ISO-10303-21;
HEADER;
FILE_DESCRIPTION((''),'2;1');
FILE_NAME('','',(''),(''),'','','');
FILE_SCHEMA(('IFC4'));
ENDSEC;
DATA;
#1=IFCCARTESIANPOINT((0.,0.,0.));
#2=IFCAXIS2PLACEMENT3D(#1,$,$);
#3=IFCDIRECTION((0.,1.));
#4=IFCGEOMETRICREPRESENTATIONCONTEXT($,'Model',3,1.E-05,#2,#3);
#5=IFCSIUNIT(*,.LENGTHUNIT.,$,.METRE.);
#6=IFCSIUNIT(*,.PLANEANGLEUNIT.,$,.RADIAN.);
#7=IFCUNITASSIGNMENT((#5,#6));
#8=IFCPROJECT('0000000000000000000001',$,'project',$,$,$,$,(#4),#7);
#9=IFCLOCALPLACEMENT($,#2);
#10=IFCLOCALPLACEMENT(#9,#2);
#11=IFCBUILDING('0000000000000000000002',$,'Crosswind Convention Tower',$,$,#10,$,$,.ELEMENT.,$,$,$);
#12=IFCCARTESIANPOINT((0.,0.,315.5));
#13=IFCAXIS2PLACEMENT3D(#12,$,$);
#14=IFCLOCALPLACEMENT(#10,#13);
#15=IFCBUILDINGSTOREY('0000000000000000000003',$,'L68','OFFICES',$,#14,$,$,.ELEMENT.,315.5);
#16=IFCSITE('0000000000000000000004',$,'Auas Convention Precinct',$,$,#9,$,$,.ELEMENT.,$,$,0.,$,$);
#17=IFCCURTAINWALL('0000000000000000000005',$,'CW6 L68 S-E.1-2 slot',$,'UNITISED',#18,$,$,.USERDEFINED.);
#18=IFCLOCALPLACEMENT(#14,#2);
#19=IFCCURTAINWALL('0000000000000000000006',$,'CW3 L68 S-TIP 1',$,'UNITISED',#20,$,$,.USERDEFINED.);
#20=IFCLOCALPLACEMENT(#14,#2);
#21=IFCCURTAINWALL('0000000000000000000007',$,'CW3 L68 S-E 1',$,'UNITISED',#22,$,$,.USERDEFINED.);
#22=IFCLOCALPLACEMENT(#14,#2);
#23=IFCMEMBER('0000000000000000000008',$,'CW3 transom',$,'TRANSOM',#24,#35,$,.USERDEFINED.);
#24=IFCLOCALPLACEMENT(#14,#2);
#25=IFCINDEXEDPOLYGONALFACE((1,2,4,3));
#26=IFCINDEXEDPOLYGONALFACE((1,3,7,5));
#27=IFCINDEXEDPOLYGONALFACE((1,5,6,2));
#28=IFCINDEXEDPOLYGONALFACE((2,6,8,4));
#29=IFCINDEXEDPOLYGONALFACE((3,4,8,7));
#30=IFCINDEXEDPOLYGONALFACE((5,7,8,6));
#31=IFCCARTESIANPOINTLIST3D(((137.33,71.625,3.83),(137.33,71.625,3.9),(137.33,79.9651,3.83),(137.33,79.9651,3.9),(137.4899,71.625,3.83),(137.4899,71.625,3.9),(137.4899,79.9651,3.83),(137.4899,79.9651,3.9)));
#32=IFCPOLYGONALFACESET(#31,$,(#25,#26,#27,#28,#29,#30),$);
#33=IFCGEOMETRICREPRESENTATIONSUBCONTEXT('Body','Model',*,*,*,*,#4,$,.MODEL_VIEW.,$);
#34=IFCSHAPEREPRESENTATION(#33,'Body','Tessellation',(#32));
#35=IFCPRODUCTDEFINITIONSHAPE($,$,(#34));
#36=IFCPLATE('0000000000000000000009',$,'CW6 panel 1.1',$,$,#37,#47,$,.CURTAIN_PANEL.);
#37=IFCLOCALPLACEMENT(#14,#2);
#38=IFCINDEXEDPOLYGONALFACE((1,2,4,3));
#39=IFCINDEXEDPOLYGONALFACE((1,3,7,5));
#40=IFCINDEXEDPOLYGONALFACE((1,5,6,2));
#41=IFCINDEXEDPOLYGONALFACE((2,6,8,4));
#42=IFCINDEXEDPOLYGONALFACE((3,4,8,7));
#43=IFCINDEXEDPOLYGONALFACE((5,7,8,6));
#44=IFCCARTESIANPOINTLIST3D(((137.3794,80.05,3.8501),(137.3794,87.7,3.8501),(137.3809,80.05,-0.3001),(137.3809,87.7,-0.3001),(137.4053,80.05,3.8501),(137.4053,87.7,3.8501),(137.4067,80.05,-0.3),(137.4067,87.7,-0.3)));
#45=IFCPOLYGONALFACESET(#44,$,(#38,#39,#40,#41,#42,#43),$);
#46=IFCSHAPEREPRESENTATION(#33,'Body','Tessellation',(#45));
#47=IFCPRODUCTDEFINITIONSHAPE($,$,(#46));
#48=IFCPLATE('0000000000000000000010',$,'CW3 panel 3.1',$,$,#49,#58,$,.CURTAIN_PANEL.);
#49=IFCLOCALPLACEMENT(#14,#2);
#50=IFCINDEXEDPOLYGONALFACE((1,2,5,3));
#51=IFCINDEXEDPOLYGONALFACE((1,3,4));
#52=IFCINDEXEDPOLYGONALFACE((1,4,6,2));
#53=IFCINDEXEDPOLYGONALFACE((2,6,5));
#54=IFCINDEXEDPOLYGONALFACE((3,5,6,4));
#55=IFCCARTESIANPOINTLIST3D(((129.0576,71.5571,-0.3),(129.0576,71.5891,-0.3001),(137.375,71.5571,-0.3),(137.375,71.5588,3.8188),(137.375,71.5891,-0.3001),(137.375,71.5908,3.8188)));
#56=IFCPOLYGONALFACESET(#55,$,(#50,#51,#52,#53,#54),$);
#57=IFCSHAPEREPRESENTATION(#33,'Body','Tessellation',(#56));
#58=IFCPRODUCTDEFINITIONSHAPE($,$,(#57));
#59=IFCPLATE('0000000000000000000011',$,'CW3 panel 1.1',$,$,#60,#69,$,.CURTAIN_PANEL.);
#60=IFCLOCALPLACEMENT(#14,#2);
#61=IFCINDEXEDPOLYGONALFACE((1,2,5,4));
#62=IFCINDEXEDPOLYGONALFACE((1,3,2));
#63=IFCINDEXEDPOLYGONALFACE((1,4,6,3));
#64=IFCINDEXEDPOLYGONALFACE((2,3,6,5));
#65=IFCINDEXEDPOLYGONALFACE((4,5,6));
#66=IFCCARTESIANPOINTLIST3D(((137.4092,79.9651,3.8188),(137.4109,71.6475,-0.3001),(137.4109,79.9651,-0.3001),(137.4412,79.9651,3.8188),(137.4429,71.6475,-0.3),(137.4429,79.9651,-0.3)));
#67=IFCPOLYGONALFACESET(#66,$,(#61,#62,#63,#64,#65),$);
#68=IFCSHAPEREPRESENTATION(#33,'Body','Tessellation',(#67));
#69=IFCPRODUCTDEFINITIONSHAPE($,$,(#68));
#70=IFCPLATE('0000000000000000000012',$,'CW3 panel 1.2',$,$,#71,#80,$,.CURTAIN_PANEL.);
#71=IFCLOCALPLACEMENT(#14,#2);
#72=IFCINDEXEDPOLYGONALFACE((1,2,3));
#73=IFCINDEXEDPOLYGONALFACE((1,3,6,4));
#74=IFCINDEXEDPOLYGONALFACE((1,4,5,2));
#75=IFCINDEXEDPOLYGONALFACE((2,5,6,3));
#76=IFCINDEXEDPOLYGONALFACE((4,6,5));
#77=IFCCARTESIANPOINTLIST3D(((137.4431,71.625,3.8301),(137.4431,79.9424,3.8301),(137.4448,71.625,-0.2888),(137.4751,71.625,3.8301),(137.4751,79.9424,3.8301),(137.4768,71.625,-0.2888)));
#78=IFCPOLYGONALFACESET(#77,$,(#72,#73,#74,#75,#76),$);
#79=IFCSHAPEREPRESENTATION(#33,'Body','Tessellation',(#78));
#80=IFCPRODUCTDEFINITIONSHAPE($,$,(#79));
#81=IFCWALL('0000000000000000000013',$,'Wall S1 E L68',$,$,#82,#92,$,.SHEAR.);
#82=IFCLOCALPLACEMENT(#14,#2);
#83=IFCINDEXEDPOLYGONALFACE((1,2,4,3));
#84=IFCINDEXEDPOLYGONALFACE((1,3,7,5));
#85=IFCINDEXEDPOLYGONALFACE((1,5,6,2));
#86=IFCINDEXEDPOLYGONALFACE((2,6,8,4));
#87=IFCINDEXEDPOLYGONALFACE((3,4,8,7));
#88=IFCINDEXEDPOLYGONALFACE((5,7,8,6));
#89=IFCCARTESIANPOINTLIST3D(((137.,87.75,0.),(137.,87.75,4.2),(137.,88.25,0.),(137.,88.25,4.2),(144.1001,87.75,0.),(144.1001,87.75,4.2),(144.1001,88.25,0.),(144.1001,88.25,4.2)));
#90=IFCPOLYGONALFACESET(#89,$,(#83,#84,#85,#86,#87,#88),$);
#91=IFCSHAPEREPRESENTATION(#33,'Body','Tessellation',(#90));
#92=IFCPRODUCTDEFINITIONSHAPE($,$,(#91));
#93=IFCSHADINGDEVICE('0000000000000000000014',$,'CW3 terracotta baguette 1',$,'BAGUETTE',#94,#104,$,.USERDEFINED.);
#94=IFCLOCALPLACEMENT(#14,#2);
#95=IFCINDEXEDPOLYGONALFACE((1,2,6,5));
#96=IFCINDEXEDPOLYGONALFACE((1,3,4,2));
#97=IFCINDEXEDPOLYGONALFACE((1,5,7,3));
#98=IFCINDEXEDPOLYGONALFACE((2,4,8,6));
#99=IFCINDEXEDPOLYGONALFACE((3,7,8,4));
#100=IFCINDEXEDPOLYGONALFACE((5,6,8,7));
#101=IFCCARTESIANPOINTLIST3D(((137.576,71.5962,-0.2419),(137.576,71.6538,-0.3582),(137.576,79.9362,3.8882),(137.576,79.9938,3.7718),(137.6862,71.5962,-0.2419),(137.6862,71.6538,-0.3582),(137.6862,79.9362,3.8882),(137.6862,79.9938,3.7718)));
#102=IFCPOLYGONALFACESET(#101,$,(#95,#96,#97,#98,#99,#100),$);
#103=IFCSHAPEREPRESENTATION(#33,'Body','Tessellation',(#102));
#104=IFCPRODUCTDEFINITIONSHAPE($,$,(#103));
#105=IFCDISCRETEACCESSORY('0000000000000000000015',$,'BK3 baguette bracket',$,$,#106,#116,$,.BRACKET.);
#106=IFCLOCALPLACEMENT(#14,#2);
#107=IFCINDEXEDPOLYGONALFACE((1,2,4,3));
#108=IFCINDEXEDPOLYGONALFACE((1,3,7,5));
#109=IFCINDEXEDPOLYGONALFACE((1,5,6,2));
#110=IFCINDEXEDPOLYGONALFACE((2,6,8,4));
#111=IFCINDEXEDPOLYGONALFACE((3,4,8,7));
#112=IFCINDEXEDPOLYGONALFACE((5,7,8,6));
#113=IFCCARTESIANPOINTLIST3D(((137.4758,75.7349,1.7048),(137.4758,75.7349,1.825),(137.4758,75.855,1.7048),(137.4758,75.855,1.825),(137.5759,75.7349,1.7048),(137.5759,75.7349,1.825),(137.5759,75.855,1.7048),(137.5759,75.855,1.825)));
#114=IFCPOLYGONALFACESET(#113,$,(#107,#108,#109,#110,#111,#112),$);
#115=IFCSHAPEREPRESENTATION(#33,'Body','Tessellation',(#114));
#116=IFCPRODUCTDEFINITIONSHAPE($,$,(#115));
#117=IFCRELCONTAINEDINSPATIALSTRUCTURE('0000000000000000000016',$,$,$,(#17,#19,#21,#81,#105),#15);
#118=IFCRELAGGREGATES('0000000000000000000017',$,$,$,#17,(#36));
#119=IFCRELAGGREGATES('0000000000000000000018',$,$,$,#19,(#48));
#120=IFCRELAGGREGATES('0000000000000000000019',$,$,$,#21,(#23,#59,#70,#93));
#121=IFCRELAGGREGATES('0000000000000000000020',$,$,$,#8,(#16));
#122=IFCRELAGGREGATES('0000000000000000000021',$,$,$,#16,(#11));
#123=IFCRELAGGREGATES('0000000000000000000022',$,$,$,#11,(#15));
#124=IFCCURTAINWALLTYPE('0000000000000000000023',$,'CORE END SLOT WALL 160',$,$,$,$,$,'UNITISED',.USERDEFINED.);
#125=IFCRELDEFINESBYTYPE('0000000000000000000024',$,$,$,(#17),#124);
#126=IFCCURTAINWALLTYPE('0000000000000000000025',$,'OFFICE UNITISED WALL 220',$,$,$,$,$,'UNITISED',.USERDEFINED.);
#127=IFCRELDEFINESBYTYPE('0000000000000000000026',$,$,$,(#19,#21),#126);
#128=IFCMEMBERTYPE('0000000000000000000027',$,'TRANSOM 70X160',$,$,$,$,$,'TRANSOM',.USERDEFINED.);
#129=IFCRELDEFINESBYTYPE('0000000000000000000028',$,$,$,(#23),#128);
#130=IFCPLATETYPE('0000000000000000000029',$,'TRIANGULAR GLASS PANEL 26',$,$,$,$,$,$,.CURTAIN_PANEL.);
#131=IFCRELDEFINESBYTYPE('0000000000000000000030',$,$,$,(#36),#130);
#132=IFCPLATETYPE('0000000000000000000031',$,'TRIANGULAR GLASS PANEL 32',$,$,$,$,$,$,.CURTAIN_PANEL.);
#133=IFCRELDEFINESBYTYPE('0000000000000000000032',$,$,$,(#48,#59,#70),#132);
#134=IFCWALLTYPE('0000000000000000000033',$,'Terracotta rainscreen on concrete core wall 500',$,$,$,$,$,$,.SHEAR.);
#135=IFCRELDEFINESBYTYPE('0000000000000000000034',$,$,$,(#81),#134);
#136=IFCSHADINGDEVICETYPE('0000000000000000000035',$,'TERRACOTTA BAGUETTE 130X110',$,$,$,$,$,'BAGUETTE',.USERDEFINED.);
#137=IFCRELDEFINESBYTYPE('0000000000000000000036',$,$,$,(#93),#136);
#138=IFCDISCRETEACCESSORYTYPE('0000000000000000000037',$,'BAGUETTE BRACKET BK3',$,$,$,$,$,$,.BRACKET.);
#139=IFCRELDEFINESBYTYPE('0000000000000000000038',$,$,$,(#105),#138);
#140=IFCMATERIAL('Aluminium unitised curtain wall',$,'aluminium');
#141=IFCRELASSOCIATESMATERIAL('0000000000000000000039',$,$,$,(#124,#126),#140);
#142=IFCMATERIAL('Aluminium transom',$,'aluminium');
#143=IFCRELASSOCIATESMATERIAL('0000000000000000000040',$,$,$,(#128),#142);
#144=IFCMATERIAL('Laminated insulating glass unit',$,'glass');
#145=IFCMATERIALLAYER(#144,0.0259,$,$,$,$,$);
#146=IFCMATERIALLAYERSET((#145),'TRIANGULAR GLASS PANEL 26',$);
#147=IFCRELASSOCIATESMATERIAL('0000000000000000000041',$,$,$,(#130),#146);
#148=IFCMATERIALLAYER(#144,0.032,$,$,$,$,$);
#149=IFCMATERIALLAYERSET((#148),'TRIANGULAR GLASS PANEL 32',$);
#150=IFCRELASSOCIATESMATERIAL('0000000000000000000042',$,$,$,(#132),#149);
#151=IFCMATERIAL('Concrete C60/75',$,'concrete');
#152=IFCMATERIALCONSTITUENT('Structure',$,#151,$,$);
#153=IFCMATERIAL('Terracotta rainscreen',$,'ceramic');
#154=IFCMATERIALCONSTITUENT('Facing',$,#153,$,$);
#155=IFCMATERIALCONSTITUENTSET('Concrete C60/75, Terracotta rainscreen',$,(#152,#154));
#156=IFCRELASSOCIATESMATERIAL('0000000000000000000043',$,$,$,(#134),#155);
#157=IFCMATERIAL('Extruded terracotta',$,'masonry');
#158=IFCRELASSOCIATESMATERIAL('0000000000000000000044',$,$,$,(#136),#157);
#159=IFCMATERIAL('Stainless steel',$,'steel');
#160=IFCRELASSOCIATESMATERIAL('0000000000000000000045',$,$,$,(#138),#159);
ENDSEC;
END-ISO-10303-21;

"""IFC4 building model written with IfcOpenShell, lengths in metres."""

from ifc_helpers import new_model, si_unit, direction, frame, frame_2d, origin, origin_2d, place, context, subcontext, project, spatial, polyline, rectangle, outline, extrude, material, layer, layer_set, constituent, constituent_set, material_profile, profile_set, type_object, element, aggregate, save


model = new_model("IFC4")

# Units and contexts
model_context = context("Model", 3, precision=1e-05, world=origin(), true_north=direction((0.0, 1.0)))
body_context = subcontext(model_context, "Body", "Model", "MODEL_VIEW")
ifc_project = project(units=[si_unit("LENGTHUNIT", "METRE"), si_unit("PLANEANGLEUNIT", "RADIAN")], contexts=[model_context])

# Site, building, storey
site_placement = place(None, origin())
site = spatial("IfcSite", under=ifc_project, at=site_placement, Name="Auas Convention Precinct", CompositionType="ELEMENT", RefElevation=0.0)
building_placement = place(site_placement, origin())
building = spatial("IfcBuilding", under=site, at=building_placement, Name="Crosswind Convention Tower", CompositionType="ELEMENT")
storey_placement = place(building_placement, frame((0.0, 0.0, 315.5)))
storey = spatial("IfcBuildingStorey", under=building, at=storey_placement, Name="L68", Description="OFFICES", CompositionType="ELEMENT", Elevation=315.5)

# Shared definitions
ifc_material_1 = material(Name="Concrete C60/75", Category="concrete")

# Curtain wall
ifc_material_2 = material(Name="Aluminium unitised curtain wall", Category="aluminium")
curtain_wall_type_1 = type_object("IfcCurtainWallType", Name="CORE END SLOT WALL 160", ElementType="UNITISED", PredefinedType="USERDEFINED", material=ifc_material_2)
curtain_wall_1_placement = place(storey_placement, origin())
curtain_wall_1 = element("IfcCurtainWall", 1, at=curtain_wall_1_placement, inside=storey, type_object=curtain_wall_type_1, Name="CW6 L68 S-E.1-2 slot", ObjectType="UNITISED", PredefinedType="USERDEFINED")

# Curtain walls
curtain_wall_type_2 = type_object("IfcCurtainWallType", Name="OFFICE UNITISED WALL 220", ElementType="UNITISED", PredefinedType="USERDEFINED", material=ifc_material_2)
curtain_wall_2_placement = place(storey_placement, origin())
curtain_wall_2 = element("IfcCurtainWall", 2, at=curtain_wall_2_placement, inside=storey, type_object=curtain_wall_type_2, Name="CW3 L68 S-TIP 1", ObjectType="UNITISED", PredefinedType="USERDEFINED")
curtain_wall_3_placement = place(storey_placement, origin())
curtain_wall_3 = element("IfcCurtainWall", 3, at=curtain_wall_3_placement, inside=storey, type_object=curtain_wall_type_2, Name="CW3 L68 S-E 1", ObjectType="UNITISED", PredefinedType="USERDEFINED")

# Member
ifc_material_3 = material(Name="Aluminium transom", Category="aluminium")
ifc_material_profile_1 = material_profile(ifc_material_3, rectangle(XDim=0.1599, YDim=0.0701, at=origin_2d()), Name="AL 160X70")
ifc_profile_set_1 = profile_set([ifc_material_profile_1], Name="Aluminium transom")
member_type_1 = type_object("IfcMemberType", Name="TRANSOM 70X160", ElementType="TRANSOM", PredefinedType="USERDEFINED", material=ifc_profile_set_1)
member_1_placement = place(storey_placement, frame((137.4099, 71.625, 3.865), z_axis=(0.0, 1.0, 0.0), x_axis=(-1.0, 0.0, 0.0)))
member_1 = element("IfcMember", 4, at=member_1_placement, type_object=member_type_1, Name="CW3 transom", ObjectType="TRANSOM", PredefinedType="USERDEFINED", context=body_context, shape_type="SweptSolid", body=[
    extrude(rectangle(XDim=0.1599, YDim=0.0701, at=origin_2d()), origin(), (0.0, 0.0, 1.0), 8.3401),
])

# Plates
ifc_material_4 = material(Name="Laminated insulating glass unit", Category="glass")
ifc_layer_1 = layer(ifc_material_4, 0.0259)
ifc_layer_set_1 = layer_set([ifc_layer_1], Name="TRIANGULAR GLASS PANEL 26")
plate_type_1 = type_object("IfcPlateType", Name="TRIANGULAR GLASS PANEL 26", PredefinedType="CURTAIN_PANEL", material=ifc_layer_set_1)
plate_1_placement = place(storey_placement, frame((137.4067, 80.05, -0.3), z_axis=(1.0, 0.0, 0.000353), x_axis=(0.0, 1.0, 0.0)))
plate_1 = element("IfcPlate", 5, at=plate_1_placement, type_object=plate_type_1, Name="CW6 panel 1.1", PredefinedType="CURTAIN_PANEL", context=body_context, shape_type="SweptSolid", body=[
    extrude(outline(polyline([(0.0, 0.0), (7.6499, 0.0), (7.6499, 4.1501), (0.0, 4.1501), (0.0, 0.0)])), origin(), (0.0, 0.0, -1.0), 0.0259),
])
aggregate(curtain_wall_1, [plate_1])
ifc_layer_2 = layer(ifc_material_4, 0.032)
ifc_layer_set_2 = layer_set([ifc_layer_2], Name="TRIANGULAR GLASS PANEL 32")
plate_type_2 = type_object("IfcPlateType", Name="TRIANGULAR GLASS PANEL 32", PredefinedType="CURTAIN_PANEL", material=ifc_layer_set_2)
plate_2_placement = place(storey_placement, frame((137.375, 71.5571, -0.3), z_axis=(0.0, -1.0, 0.000415), x_axis=(0.0, 0.000415, 1.0)))
plate_2 = element("IfcPlate", 6, at=plate_2_placement, type_object=plate_type_2, Name="CW3 panel 3.1", PredefinedType="CURTAIN_PANEL", context=body_context, shape_type="SweptSolid", body=[
    extrude(outline(polyline([(0.0, 0.0), (4.1189, 0.0), (0.0, 8.3174), (0.0, 0.0)])), origin(), (0.0, 0.0, -1.0), 0.032),
])
aggregate(curtain_wall_2, [plate_2])
plate_3_placement = place(storey_placement, frame((137.4429, 79.9651, -0.3), z_axis=(1.0, 0.0, 0.000415), x_axis=(-0.000415, 0.0, 1.0)))
plate_3 = element("IfcPlate", 7, at=plate_3_placement, type_object=plate_type_2, Name="CW3 panel 1.1", PredefinedType="CURTAIN_PANEL", context=body_context, shape_type="SweptSolid", body=[
    extrude(outline(polyline([(0.0, 0.0), (4.1189, 0.0), (0.0, 8.3176), (0.0, 0.0)])), origin(), (0.0, 0.0, -1.0), 0.032),
])
plate_4_placement = place(storey_placement, frame((137.4751, 71.625, 3.8301), z_axis=(1.0, 0.0, 0.000415), x_axis=(0.000415, 0.0, -1.0)))
plate_4 = element("IfcPlate", 8, at=plate_4_placement, type_object=plate_type_2, Name="CW3 panel 1.2", PredefinedType="CURTAIN_PANEL", context=body_context, shape_type="SweptSolid", body=[
    extrude(outline(polyline([(0.0, 0.0), (4.1189, 0.0), (0.0, 8.3174), (0.0, 0.0)])), origin(), (0.0, 0.0, -1.0), 0.032),
])

# Wall
ifc_constituent_1 = constituent(ifc_material_1, Name="Structure")
ifc_material_5 = material(Name="Terracotta rainscreen", Category="ceramic")
ifc_constituent_2 = constituent(ifc_material_5, Name="Facing")
ifc_constituent_set = constituent_set(constituents=[ifc_constituent_1, ifc_constituent_2], Name="Concrete C60/75, Terracotta rainscreen")
wall_type = type_object("IfcWallType", Name="Terracotta rainscreen on concrete core wall 500", PredefinedType="SHEAR", material=ifc_constituent_set)
wall_placement = place(storey_placement, frame((137.0, 88.0, 0.0), z_axis=(0.0, 0.0, 1.0), x_axis=(1.0, 0.0, 0.0)))
element("IfcWall", 9, at=wall_placement, inside=storey, type_object=wall_type, Name="Wall S1 E L68", PredefinedType="SHEAR", context=body_context, shape_type="SweptSolid", body=[
    extrude(rectangle(XDim=7.1001, YDim=0.5, at=frame_2d((3.55, 0.0))), origin(), (0.0, 0.0, 1.0), 4.2),
])

# Shading device
ifc_material_6 = material(Name="Extruded terracotta", Category="masonry")
ifc_material_profile_2 = material_profile(ifc_material_6, rectangle(XDim=0.1101, YDim=0.1299, at=origin_2d()), Name="TC 110X130")
ifc_profile_set_2 = profile_set([ifc_material_profile_2], Name="Extruded terracotta")
shading_device_type = type_object("IfcShadingDeviceType", Name="TERRACOTTA BAGUETTE 130X110", ElementType="BAGUETTE", PredefinedType="USERDEFINED", material=ifc_profile_set_2)
shading_device_placement = place(storey_placement, frame((137.6311, 71.625, -0.3), z_axis=(0.0, 0.896136, 0.443779), x_axis=(-1.0, 0.0, 0.0)))
shading_device = element("IfcShadingDevice", 10, at=shading_device_placement, type_object=shading_device_type, Name="CW3 terracotta baguette 1", ObjectType="BAGUETTE", PredefinedType="USERDEFINED", context=body_context, shape_type="SweptSolid", body=[
    extrude(rectangle(XDim=0.1101, YDim=0.1299, at=origin_2d()), origin(), (0.0, 0.0, 1.0), 9.3066),
])
aggregate(curtain_wall_3, [member_1, plate_3, plate_4, shading_device])

# Discrete accessory
ifc_material_7 = material(Name="Stainless steel", Category="steel")
discrete_accessory_type = type_object("IfcDiscreteAccessoryType", Name="BAGUETTE BRACKET BK3", PredefinedType="BRACKET", material=ifc_material_7)
discrete_accessory_placement = place(storey_placement, frame((137.5259, 75.7949, 1.7048), z_axis=(0.0, 0.0, 1.0), x_axis=(0.0, 1.0, 0.0)))
element("IfcDiscreteAccessory", 11, at=discrete_accessory_placement, inside=storey, type_object=discrete_accessory_type, Name="BK3 baguette bracket", PredefinedType="BRACKET", context=body_context, shape_type="SweptSolid", body=[
    extrude(rectangle(XDim=0.1201, YDim=0.1001, at=origin_2d()), origin(), (0.0, 0.0, 1.0), 0.1201),
])

save(model, "model.ifc")
